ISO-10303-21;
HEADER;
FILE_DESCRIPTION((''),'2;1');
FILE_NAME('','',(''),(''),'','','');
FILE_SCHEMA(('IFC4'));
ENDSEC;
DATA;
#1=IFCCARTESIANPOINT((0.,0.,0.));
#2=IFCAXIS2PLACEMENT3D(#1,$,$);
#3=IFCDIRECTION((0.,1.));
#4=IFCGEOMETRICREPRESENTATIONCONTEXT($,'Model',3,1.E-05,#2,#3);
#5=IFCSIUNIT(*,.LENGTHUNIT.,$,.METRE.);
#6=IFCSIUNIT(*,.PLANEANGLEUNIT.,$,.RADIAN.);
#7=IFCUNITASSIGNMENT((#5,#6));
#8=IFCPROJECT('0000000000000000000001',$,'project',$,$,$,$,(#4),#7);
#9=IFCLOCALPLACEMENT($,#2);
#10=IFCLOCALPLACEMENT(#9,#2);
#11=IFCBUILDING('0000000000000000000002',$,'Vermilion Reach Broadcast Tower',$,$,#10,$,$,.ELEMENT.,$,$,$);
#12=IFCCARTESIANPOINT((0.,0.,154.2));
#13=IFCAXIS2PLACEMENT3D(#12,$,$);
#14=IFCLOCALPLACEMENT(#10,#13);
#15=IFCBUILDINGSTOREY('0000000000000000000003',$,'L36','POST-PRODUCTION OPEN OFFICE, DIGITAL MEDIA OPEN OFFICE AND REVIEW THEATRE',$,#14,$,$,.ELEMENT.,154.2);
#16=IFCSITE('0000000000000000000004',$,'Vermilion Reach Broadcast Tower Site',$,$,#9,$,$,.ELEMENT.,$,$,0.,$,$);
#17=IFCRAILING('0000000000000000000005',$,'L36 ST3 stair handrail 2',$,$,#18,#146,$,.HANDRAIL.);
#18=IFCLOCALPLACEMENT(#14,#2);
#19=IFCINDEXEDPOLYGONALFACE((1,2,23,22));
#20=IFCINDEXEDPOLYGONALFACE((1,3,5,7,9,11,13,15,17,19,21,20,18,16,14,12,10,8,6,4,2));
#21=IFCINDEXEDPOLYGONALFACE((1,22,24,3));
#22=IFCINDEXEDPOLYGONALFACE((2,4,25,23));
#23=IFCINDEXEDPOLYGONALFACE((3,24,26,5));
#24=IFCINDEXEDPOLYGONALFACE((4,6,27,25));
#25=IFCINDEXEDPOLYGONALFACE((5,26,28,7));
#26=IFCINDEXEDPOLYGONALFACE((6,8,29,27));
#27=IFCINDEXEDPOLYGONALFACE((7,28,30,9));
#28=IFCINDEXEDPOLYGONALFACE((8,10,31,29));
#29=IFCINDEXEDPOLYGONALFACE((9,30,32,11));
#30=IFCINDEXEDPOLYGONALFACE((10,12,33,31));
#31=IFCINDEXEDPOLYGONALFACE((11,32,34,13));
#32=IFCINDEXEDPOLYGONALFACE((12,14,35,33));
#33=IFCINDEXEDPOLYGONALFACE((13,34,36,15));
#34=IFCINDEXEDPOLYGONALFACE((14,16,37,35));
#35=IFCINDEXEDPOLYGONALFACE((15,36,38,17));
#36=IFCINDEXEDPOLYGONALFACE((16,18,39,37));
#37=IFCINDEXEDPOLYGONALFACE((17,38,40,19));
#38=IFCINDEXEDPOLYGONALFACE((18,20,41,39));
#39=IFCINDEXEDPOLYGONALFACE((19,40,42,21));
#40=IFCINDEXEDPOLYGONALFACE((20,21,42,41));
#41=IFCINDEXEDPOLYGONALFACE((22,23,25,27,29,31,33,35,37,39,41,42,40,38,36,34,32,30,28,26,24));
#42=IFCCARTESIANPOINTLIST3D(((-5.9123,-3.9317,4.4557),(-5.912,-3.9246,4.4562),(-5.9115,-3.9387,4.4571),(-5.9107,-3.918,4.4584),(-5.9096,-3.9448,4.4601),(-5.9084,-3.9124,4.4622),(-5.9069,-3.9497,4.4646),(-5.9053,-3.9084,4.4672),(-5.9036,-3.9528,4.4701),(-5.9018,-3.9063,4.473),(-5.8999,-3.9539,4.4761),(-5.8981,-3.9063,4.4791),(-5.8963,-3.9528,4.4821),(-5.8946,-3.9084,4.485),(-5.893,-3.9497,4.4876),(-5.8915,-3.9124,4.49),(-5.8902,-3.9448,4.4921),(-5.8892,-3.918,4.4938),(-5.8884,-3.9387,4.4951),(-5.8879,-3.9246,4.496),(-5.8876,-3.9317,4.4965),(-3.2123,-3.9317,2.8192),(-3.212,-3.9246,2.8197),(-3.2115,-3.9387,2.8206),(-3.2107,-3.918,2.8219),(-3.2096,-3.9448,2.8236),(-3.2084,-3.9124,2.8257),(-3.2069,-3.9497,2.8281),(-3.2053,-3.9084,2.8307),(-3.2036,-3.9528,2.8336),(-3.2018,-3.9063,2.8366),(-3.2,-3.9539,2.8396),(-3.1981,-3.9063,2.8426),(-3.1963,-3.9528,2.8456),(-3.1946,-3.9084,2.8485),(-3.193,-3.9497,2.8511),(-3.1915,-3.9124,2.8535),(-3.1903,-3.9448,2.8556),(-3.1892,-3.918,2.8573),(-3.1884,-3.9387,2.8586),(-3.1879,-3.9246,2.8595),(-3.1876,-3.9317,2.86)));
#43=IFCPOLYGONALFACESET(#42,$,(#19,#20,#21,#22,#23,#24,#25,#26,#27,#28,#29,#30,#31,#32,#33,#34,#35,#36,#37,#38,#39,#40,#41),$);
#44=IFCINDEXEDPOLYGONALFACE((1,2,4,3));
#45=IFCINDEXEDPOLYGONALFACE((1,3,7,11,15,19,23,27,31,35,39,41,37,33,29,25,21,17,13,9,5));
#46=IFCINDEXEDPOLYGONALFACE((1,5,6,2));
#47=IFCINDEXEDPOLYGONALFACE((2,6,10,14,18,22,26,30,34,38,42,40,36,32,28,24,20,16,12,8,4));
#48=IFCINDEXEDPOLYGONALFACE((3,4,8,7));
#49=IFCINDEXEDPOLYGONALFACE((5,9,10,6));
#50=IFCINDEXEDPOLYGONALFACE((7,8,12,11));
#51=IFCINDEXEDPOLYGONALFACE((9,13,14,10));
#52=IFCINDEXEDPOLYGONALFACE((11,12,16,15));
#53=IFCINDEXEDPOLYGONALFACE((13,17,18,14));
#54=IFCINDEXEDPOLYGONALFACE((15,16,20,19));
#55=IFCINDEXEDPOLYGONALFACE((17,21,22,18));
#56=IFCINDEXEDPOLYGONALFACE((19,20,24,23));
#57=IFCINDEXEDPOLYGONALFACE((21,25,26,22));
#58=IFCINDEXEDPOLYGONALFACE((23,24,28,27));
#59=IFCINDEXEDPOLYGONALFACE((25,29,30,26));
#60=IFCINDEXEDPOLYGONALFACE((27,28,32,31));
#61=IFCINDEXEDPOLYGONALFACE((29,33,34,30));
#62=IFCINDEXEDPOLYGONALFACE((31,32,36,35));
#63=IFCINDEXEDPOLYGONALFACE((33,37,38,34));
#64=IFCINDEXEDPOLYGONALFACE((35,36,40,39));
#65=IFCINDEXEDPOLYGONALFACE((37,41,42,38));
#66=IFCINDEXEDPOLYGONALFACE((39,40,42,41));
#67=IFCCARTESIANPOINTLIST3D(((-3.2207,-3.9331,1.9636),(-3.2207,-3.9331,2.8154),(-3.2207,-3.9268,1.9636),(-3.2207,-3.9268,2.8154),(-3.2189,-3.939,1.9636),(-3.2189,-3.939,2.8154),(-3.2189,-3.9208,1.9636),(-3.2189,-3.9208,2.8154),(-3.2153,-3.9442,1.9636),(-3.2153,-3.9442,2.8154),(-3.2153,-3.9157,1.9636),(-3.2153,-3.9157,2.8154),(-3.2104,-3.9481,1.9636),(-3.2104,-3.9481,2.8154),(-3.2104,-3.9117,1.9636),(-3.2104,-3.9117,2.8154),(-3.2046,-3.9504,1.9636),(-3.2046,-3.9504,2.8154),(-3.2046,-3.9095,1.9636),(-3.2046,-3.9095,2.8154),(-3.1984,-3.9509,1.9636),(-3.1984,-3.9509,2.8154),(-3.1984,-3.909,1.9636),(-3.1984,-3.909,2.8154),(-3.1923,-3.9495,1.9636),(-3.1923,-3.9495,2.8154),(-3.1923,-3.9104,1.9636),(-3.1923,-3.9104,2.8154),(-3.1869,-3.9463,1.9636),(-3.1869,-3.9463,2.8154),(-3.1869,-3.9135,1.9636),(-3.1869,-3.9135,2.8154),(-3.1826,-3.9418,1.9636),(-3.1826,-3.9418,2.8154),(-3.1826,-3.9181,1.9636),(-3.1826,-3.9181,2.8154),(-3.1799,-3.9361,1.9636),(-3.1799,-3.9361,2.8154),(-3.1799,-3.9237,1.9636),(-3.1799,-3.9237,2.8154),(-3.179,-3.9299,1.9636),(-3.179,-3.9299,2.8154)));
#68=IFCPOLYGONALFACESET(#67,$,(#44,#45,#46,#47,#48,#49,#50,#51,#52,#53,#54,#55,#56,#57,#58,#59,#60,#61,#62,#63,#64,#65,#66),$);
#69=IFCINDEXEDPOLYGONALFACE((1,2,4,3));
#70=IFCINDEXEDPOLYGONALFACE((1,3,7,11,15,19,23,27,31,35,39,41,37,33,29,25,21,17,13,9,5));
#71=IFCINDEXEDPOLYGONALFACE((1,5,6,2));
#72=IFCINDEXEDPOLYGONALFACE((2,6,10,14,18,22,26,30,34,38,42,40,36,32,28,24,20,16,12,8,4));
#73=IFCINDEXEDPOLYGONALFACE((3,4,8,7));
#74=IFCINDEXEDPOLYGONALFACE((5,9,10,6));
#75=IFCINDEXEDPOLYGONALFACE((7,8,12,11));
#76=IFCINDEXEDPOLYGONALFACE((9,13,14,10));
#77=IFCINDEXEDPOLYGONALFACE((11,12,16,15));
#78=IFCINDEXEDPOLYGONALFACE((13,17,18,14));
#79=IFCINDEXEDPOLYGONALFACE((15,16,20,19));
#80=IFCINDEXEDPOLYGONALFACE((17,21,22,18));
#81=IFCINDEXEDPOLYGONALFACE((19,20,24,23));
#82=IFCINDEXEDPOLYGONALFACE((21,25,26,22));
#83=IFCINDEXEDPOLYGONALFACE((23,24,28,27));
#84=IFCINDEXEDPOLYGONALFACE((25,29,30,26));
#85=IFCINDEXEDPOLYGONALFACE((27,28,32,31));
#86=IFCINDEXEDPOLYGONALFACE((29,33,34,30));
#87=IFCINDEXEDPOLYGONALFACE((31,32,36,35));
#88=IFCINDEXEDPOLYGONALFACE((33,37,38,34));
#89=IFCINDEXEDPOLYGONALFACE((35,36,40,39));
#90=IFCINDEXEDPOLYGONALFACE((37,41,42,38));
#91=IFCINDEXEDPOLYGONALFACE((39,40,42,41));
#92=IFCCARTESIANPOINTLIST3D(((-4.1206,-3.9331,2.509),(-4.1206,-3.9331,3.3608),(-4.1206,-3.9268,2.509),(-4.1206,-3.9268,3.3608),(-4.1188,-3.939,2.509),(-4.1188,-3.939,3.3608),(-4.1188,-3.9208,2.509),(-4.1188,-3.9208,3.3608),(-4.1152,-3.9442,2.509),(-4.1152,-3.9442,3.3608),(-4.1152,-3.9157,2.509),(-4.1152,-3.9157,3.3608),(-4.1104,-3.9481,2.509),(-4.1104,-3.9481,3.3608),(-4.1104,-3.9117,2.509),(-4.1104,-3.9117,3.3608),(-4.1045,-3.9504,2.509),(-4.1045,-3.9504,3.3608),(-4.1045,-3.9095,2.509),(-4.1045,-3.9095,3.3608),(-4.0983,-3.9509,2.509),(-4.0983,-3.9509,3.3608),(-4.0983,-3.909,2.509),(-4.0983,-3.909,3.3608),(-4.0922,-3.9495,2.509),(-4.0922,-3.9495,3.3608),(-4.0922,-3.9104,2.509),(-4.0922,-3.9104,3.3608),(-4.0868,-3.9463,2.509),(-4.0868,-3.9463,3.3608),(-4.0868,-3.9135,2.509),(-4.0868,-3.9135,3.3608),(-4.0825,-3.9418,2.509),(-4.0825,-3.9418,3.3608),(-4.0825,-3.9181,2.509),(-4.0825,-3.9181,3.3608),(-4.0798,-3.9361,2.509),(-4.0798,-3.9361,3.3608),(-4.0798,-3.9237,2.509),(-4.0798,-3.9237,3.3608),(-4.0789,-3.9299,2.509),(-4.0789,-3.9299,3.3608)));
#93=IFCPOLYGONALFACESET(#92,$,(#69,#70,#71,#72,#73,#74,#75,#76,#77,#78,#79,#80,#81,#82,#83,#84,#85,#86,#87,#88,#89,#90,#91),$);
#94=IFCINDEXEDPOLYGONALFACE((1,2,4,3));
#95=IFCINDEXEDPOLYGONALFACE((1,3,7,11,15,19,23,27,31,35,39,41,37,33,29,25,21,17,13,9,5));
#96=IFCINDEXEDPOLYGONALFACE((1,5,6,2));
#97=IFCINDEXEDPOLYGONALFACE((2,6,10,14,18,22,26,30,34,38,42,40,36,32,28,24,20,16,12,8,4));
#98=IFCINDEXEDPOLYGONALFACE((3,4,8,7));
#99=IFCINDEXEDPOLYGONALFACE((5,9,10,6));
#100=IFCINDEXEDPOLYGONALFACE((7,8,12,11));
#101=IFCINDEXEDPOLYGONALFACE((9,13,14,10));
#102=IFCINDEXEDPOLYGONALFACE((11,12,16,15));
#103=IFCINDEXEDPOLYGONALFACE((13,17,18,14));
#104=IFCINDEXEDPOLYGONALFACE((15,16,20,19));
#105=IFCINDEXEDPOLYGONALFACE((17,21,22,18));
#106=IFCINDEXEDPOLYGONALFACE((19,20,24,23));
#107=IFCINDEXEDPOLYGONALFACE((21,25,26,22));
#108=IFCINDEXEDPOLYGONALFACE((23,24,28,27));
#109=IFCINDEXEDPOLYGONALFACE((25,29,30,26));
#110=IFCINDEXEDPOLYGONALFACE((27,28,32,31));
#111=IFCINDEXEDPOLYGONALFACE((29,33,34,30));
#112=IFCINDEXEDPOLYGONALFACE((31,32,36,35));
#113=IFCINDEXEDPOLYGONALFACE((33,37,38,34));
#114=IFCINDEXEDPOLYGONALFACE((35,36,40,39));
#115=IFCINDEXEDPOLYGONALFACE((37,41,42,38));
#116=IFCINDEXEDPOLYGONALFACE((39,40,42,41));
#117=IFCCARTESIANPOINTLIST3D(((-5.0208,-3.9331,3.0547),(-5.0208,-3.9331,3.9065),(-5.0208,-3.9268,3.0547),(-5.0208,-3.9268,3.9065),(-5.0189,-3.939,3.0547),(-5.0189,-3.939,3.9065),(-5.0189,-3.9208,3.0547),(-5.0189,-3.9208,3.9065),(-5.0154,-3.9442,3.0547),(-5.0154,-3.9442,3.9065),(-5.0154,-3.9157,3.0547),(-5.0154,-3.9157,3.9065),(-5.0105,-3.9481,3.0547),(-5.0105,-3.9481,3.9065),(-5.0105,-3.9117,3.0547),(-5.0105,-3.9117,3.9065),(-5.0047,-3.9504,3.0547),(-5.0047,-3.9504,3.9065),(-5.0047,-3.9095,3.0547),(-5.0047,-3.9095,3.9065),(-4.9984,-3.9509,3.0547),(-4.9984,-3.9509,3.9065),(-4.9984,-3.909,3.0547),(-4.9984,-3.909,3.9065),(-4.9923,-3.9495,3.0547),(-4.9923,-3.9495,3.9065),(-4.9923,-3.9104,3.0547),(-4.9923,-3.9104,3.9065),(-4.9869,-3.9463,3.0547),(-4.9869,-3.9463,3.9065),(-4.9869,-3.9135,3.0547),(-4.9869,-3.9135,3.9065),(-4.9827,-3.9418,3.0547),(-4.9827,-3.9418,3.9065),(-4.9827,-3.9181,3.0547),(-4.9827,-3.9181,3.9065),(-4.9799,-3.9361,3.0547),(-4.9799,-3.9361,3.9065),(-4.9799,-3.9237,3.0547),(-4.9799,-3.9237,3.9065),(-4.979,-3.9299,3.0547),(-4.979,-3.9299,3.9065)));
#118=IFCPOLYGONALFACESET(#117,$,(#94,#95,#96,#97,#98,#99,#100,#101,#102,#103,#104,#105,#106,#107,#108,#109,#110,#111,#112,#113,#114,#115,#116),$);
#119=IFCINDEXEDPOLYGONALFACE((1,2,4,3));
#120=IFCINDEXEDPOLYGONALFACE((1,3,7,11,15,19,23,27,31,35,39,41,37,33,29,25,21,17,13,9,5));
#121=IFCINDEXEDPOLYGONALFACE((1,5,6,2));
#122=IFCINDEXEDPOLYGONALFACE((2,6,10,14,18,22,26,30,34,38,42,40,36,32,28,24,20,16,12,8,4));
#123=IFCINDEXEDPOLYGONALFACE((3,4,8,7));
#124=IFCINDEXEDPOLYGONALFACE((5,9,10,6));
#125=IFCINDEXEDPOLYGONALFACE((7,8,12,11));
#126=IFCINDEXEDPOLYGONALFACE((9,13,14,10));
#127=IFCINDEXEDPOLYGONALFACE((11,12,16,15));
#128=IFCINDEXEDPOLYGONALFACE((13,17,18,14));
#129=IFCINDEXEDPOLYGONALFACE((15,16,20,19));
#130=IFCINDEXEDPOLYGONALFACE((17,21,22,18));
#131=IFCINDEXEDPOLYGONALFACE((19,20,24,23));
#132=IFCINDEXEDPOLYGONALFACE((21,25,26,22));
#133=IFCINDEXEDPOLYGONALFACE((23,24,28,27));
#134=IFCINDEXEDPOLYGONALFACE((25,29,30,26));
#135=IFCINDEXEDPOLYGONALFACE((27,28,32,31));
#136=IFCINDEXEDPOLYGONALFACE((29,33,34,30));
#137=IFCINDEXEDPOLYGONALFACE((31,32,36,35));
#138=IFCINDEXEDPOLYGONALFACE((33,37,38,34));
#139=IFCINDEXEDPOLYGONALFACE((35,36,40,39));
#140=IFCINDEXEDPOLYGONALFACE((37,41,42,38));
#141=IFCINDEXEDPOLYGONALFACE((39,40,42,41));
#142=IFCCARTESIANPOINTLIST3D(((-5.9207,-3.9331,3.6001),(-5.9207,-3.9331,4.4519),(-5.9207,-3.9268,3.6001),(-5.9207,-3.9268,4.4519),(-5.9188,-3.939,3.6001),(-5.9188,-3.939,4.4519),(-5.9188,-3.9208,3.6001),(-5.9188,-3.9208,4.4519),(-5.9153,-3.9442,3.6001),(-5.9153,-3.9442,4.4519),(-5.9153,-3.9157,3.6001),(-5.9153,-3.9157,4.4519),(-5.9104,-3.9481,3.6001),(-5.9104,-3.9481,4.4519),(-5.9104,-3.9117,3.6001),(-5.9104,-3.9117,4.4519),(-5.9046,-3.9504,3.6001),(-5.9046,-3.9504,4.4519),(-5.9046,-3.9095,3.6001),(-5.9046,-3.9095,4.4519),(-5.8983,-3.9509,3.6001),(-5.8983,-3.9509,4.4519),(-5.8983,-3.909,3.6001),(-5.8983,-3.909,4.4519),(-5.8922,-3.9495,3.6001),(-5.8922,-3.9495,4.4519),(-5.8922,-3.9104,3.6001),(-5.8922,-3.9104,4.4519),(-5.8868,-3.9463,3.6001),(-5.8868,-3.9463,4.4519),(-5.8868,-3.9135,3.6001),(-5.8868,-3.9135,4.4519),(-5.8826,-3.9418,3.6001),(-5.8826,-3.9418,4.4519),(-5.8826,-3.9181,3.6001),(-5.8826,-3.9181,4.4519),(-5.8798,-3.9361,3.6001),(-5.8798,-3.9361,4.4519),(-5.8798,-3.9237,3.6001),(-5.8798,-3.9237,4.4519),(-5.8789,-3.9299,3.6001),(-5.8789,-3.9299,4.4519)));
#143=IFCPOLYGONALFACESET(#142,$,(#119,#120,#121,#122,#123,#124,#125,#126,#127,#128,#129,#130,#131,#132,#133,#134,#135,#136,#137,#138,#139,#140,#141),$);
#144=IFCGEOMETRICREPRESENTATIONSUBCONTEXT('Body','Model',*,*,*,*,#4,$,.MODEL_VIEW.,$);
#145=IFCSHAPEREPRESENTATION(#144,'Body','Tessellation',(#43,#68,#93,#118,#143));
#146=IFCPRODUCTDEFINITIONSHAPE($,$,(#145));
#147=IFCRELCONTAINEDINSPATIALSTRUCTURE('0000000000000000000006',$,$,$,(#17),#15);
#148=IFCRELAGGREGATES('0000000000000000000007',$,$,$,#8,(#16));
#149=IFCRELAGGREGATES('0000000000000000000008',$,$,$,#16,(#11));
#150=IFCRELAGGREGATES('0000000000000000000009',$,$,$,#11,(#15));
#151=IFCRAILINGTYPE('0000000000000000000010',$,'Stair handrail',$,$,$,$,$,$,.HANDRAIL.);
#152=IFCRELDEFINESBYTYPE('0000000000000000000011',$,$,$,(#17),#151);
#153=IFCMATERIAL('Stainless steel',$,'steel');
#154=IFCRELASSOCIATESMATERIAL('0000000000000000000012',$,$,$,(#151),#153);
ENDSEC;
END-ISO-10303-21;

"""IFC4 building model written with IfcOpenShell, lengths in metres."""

from ifc_helpers import new_model, si_unit, direction, frame, origin, origin_2d, place, context, subcontext, project, spatial, circle, extrude, material, type_object, element, save


model = new_model("IFC4")

# Units and contexts
model_context = context("Model", 3, precision=1e-05, world=origin(), true_north=direction((0.0, 1.0)))
body_context = subcontext(model_context, "Body", "Model", "MODEL_VIEW")
ifc_project = project(units=[si_unit("LENGTHUNIT", "METRE"), si_unit("PLANEANGLEUNIT", "RADIAN")], contexts=[model_context])

# Site, building, storey
site_placement = place(None, origin())
site = spatial("IfcSite", under=ifc_project, at=site_placement, Name="Vermilion Reach Broadcast Tower Site", CompositionType="ELEMENT", RefElevation=0.0)
building_placement = place(site_placement, origin())
building = spatial("IfcBuilding", under=site, at=building_placement, Name="Vermilion Reach Broadcast Tower", CompositionType="ELEMENT")
storey_placement = place(building_placement, frame((0.0, 0.0, 154.2)))
storey = spatial("IfcBuildingStorey", under=building, at=storey_placement, Name="L36", Description="POST-PRODUCTION OPEN OFFICE, DIGITAL MEDIA OPEN OFFICE AND REVIEW THEATRE", CompositionType="ELEMENT", Elevation=154.2)

# Railing
ifc_material_1 = material(Name="Stainless steel", Category="steel")
railing_type_1 = type_object("IfcRailingType", Name="Stair handrail", PredefinedType="HANDRAIL", material=ifc_material_1)
railing_1_placement = place(storey_placement, frame((-3.2, -3.9299, 1.9636)))
element("IfcRailing", 1, at=railing_1_placement, inside=storey, type_object=railing_type_1, Name="L36 ST3 stair handrail 2", PredefinedType="HANDRAIL", context=body_context, shape_type="SweptSolid", body=[
    extrude(circle(Radius=0.0239, at=origin_2d()), frame((0.0, 0.0, 0.876), z_axis=(-0.855178, 0.0, 0.518334), x_axis=(0.0, -1.0, 0.0)), (0.0, 0.0, 1.0), 3.1572),
    extrude(circle(Radius=0.021, at=origin_2d()), origin(), (0.0, 0.0, 1.0), 0.8518),
    extrude(circle(Radius=0.021, at=origin_2d()), frame((-0.8999, 0.0, 0.5454)), (0.0, 0.0, 1.0), 0.8518),
    extrude(circle(Radius=0.021, at=origin_2d()), frame((-1.8, 0.0, 1.0911)), (0.0, 0.0, 1.0), 0.8518),
    extrude(circle(Radius=0.021, at=origin_2d()), frame((-2.7, 0.0, 1.6365)), (0.0, 0.0, 1.0), 0.8518),
])

save(model, "model.ifc")
